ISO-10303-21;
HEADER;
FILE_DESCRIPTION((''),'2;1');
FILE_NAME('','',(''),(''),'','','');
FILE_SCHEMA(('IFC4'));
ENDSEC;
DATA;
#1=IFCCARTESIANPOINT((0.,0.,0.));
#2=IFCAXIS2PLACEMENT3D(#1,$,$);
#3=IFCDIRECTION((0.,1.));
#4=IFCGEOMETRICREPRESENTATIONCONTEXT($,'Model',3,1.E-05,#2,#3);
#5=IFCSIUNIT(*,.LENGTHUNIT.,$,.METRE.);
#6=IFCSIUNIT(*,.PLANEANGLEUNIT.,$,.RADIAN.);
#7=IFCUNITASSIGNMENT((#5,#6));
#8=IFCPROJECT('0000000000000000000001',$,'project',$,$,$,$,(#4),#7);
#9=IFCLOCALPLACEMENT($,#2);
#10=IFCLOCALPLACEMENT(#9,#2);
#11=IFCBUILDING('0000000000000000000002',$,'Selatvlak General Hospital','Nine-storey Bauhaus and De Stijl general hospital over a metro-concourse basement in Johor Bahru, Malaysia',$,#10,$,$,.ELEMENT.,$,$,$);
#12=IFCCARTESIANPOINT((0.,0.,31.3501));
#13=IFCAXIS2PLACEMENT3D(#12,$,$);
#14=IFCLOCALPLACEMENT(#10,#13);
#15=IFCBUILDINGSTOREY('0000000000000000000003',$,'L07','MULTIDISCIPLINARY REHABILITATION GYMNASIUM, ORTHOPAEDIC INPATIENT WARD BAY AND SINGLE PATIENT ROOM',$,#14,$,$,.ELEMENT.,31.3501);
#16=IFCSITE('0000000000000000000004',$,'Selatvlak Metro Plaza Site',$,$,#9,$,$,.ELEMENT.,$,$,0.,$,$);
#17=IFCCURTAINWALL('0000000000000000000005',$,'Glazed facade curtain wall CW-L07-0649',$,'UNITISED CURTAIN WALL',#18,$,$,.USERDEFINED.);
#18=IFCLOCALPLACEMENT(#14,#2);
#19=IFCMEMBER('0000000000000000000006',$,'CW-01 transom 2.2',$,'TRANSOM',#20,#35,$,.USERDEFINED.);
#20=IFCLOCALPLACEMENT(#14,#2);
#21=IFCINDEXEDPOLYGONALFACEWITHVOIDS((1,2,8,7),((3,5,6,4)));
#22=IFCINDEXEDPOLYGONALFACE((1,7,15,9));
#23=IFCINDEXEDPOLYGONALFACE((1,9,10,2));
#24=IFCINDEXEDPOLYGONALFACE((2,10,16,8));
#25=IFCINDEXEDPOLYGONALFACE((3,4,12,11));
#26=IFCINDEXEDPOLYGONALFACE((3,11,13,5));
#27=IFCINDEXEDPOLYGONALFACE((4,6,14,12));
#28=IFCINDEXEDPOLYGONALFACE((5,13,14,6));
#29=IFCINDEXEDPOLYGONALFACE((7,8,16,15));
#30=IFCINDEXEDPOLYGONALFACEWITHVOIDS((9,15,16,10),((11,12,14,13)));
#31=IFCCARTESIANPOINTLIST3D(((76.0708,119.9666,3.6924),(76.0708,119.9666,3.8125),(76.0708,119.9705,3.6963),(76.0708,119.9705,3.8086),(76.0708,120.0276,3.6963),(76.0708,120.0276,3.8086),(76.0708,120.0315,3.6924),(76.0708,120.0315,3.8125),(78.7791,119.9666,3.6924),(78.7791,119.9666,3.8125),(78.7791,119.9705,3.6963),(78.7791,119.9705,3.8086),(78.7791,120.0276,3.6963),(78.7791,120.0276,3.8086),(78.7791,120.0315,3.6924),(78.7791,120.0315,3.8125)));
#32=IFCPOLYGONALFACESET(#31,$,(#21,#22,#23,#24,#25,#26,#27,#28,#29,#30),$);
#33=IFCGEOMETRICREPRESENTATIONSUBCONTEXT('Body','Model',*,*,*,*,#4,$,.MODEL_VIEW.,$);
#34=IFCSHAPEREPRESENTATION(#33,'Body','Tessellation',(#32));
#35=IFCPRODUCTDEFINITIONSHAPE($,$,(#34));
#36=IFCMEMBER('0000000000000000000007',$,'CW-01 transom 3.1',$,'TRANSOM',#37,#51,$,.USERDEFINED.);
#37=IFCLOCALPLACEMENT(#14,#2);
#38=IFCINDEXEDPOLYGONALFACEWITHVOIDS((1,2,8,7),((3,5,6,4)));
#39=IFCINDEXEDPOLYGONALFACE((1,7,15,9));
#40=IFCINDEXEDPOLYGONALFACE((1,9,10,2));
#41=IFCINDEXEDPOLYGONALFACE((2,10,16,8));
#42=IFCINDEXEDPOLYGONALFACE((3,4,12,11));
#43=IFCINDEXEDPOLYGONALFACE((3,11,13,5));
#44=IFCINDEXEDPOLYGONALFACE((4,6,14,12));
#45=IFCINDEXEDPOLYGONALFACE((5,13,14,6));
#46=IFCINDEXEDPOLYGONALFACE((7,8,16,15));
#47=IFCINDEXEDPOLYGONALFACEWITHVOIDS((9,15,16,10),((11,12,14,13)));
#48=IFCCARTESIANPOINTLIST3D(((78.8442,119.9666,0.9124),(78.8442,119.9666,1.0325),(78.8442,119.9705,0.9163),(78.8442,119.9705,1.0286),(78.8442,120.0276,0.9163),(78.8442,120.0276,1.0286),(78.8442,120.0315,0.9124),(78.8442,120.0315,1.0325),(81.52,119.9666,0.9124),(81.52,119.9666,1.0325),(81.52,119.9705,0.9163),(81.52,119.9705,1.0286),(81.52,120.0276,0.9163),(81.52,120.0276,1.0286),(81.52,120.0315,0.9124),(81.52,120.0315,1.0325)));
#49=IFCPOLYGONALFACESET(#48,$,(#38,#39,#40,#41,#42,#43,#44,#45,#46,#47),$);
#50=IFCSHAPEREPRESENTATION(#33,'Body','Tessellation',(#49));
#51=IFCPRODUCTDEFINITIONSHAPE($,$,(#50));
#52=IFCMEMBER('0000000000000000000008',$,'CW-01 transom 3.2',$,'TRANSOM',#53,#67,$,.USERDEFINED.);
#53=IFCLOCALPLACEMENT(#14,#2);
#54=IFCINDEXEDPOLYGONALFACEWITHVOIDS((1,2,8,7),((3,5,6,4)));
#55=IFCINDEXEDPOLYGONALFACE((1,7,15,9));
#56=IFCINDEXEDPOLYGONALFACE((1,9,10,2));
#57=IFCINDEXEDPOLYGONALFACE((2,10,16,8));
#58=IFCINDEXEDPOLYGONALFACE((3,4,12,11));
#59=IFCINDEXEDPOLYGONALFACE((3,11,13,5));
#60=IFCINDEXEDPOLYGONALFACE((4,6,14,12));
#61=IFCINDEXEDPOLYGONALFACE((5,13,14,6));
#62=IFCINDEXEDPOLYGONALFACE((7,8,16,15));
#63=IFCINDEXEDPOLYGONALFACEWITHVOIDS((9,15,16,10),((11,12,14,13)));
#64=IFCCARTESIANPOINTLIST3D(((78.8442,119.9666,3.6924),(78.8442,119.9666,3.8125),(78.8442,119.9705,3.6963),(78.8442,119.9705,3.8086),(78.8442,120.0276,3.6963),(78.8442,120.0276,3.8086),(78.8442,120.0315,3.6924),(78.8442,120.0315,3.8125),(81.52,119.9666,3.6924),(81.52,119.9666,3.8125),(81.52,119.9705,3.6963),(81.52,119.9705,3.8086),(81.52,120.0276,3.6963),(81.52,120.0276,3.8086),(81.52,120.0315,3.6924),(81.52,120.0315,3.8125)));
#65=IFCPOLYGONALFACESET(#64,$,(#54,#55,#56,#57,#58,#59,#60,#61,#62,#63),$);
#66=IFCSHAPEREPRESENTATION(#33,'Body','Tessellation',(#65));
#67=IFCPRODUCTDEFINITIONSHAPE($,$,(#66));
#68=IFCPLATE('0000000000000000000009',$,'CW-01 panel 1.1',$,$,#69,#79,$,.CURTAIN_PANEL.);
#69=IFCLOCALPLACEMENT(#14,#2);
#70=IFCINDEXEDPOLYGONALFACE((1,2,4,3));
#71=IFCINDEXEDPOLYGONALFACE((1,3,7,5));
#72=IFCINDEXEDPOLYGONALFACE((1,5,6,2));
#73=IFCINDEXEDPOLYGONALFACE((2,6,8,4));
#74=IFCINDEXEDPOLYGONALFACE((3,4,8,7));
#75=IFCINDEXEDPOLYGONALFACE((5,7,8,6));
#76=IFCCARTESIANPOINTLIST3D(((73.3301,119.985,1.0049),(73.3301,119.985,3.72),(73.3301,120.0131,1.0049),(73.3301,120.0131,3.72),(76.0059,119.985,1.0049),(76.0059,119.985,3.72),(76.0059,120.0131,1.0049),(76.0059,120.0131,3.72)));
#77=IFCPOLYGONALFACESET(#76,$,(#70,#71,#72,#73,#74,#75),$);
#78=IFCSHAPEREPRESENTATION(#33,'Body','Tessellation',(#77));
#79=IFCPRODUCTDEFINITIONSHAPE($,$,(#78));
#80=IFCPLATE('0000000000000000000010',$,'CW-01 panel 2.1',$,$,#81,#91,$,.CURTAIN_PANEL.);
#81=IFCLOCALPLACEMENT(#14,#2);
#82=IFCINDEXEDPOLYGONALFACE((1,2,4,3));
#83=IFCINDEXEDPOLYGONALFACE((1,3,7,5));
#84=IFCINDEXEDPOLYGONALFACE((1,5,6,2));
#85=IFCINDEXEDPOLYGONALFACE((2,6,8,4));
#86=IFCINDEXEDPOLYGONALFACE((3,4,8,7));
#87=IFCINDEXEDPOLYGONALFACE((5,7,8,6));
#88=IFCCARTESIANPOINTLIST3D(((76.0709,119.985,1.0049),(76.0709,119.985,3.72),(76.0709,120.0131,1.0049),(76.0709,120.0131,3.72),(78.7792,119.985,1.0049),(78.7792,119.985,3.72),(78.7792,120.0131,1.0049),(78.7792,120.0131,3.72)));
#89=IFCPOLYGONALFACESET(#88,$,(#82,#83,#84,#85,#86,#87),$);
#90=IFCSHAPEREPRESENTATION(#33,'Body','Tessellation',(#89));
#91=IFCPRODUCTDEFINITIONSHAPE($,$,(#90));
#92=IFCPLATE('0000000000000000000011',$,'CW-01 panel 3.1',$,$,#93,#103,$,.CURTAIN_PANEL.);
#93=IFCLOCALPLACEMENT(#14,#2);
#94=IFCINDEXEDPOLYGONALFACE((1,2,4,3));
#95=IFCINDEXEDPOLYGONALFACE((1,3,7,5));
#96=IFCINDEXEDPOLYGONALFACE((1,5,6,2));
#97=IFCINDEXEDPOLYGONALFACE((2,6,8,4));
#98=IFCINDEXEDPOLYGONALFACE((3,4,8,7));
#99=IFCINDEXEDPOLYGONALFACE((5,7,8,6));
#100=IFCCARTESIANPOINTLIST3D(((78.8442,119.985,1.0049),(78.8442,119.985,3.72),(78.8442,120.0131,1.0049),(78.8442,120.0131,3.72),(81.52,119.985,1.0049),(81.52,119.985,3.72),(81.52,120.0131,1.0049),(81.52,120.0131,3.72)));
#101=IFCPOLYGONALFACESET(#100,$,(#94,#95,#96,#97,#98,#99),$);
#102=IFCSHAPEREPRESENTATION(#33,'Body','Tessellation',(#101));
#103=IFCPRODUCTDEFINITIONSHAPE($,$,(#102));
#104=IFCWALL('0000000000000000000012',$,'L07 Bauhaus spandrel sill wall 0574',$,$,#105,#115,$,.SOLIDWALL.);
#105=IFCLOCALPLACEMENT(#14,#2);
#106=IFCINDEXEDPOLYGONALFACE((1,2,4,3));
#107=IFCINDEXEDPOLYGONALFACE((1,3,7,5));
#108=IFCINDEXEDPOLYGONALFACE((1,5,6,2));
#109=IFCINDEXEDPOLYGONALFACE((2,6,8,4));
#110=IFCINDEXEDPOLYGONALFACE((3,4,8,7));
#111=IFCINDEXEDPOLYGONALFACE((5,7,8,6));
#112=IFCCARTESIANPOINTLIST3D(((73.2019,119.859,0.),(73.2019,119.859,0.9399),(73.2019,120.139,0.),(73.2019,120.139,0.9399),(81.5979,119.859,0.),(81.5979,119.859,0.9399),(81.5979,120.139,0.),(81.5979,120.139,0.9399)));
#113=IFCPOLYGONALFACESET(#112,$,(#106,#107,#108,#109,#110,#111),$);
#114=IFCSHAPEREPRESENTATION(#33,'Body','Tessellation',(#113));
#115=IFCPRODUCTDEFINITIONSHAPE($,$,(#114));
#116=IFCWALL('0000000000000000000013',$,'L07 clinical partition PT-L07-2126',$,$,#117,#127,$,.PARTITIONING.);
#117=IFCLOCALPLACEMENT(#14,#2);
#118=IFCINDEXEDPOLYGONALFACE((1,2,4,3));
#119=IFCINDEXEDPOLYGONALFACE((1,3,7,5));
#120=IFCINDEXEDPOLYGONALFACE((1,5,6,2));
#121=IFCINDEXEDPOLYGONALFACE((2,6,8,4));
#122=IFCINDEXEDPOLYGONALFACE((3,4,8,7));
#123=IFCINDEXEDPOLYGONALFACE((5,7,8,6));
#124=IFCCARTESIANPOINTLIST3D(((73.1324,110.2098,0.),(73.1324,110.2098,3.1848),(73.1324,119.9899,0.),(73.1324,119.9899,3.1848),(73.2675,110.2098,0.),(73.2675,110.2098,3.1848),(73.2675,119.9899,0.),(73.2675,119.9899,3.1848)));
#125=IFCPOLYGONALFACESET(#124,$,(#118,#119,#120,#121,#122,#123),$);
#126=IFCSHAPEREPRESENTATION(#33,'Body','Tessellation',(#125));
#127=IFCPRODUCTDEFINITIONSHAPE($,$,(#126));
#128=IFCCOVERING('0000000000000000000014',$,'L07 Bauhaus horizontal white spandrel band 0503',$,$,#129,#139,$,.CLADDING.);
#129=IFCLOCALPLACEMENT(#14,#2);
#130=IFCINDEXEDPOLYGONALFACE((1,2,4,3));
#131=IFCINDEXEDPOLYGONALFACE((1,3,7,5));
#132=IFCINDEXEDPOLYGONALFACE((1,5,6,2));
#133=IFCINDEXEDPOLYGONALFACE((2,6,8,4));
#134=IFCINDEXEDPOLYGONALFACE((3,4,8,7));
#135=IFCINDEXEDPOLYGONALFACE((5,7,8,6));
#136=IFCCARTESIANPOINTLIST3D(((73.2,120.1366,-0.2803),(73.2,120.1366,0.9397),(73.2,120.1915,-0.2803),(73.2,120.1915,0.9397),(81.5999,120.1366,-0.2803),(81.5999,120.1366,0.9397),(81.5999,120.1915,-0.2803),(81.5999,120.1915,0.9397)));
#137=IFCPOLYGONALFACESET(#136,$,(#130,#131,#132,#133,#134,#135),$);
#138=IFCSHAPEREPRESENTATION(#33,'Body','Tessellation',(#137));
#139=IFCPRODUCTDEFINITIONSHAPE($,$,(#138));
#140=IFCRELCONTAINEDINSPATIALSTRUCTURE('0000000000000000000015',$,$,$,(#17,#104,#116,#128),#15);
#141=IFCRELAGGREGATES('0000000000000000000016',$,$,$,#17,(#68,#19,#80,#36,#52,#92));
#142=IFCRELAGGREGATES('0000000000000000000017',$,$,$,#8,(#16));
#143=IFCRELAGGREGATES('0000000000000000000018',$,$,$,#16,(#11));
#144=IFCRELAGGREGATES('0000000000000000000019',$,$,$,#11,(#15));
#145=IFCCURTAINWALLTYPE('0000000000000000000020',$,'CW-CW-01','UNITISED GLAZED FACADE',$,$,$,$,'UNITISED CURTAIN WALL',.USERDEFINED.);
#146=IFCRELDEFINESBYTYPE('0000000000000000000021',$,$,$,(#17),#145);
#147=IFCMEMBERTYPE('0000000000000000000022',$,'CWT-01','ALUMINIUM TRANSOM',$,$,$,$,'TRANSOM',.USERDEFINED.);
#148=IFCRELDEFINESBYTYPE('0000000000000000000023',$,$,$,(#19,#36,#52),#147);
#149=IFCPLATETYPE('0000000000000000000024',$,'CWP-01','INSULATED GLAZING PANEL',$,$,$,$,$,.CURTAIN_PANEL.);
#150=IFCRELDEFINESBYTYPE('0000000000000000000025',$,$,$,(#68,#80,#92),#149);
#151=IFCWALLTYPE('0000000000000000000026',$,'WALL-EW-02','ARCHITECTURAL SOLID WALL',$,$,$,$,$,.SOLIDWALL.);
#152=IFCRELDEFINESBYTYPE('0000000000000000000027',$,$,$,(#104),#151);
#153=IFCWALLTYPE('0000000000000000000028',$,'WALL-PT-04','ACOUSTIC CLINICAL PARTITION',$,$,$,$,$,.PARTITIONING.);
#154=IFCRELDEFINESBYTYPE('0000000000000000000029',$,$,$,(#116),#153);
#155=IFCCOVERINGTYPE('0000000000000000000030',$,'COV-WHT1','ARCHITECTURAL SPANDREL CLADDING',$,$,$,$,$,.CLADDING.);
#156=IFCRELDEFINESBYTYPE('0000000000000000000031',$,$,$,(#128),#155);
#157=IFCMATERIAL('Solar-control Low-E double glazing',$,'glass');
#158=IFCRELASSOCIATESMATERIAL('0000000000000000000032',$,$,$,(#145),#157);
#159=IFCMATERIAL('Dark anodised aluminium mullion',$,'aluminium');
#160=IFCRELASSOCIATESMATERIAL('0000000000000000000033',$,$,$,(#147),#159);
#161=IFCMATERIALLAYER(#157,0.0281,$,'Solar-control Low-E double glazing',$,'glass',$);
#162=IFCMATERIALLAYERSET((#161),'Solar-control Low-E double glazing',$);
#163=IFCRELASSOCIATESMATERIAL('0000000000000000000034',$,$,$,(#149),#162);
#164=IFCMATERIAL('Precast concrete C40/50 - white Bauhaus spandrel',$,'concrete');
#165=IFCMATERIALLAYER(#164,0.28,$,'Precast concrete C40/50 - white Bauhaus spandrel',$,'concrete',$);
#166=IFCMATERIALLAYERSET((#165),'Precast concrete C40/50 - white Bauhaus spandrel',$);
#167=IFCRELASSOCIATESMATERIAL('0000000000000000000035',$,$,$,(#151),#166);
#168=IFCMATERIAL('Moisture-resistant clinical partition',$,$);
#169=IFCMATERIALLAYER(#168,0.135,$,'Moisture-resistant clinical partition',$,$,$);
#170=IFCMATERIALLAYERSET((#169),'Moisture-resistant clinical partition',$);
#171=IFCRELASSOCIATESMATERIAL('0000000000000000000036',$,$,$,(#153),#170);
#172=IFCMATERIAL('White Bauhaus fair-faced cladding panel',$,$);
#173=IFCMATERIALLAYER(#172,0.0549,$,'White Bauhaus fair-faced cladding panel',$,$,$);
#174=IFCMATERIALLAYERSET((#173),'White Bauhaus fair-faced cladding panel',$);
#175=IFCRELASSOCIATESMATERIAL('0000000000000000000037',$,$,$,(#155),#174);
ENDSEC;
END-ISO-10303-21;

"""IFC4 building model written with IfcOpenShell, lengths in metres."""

from ifc_helpers import new_model, si_unit, direction, frame, frame_2d, origin, origin_2d, place, context, subcontext, project, spatial, rectangle, hollow_rectangle, extrude, material, layer, layer_set, material_profile, profile_set, type_object, element, aggregate, save


model = new_model("IFC4")

# Units and contexts
model_context = context("Model", 3, precision=1e-05, world=origin(), true_north=direction((0.0, 1.0)))
body_context = subcontext(model_context, "Body", "Model", "MODEL_VIEW")
ifc_project = project(units=[si_unit("LENGTHUNIT", "METRE"), si_unit("PLANEANGLEUNIT", "RADIAN")], contexts=[model_context])

# Site, building, storey
site_placement = place(None, origin())
site = spatial("IfcSite", under=ifc_project, at=site_placement, Name="Selatvlak Metro Plaza Site", CompositionType="ELEMENT", RefElevation=0.0)
building_placement = place(site_placement, origin())
building = spatial("IfcBuilding", under=site, at=building_placement, Name="Selatvlak General Hospital", Description="Nine-storey Bauhaus and De Stijl general hospital over a metro-concourse basement in Johor Bahru, Malaysia", CompositionType="ELEMENT")
storey_placement = place(building_placement, frame((0.0, 0.0, 31.3501)))
storey = spatial("IfcBuildingStorey", under=building, at=storey_placement, Name="L07", Description="MULTIDISCIPLINARY REHABILITATION GYMNASIUM, ORTHOPAEDIC INPATIENT WARD BAY AND SINGLE PATIENT ROOM", CompositionType="ELEMENT", Elevation=31.3501)

# Curtain wall, members, plates
ifc_material_1 = material(Name="Solar-control Low-E double glazing", Category="glass")
curtain_wall_type = type_object("IfcCurtainWallType", Name="CW-CW-01", Description="UNITISED GLAZED FACADE", ElementType="UNITISED CURTAIN WALL", PredefinedType="USERDEFINED", material=ifc_material_1)
curtain_wall_placement = place(storey_placement, origin())
curtain_wall = element("IfcCurtainWall", 1, at=curtain_wall_placement, inside=storey, type_object=curtain_wall_type, Name="Glazed facade curtain wall CW-L07-0649", ObjectType="UNITISED CURTAIN WALL", PredefinedType="USERDEFINED")
ifc_material_2 = material(Name="Dark anodised aluminium mullion", Category="aluminium")
ifc_material_profile_1 = material_profile(ifc_material_2, hollow_rectangle(XDim=0.0649, YDim=0.1201, WallThickness=0.0039, at=origin_2d()), Name="AL-TRN 65x120x4")
ifc_profile_set_1 = profile_set([ifc_material_profile_1], Name="Dark anodised aluminium mullion")
member_type_1 = type_object("IfcMemberType", Name="CWT-01", Description="ALUMINIUM TRANSOM", ElementType="TRANSOM", PredefinedType="USERDEFINED", material=ifc_profile_set_1)
member_1_placement = place(storey_placement, frame((76.0708, 119.999, 3.7524), z_axis=(1.0, 0.0, 0.0), x_axis=(0.0, 1.0, 0.0)))
member_1 = element("IfcMember", 2, at=member_1_placement, type_object=member_type_1, Name="CW-01 transom 2.2", ObjectType="TRANSOM", PredefinedType="USERDEFINED", context=body_context, shape_type="SweptSolid", body=[
    extrude(hollow_rectangle(XDim=0.0649, YDim=0.1201, WallThickness=0.0039, at=origin_2d()), origin(), (0.0, 0.0, 1.0), 2.7083),
])
member_2_placement = place(storey_placement, frame((78.8442, 119.999, 0.9724), z_axis=(1.0, 0.0, 0.0), x_axis=(0.0, 1.0, 0.0)))
member_2 = element("IfcMember", 3, at=member_2_placement, type_object=member_type_1, Name="CW-01 transom 3.1", ObjectType="TRANSOM", PredefinedType="USERDEFINED", context=body_context, shape_type="SweptSolid", body=[
    extrude(hollow_rectangle(XDim=0.0649, YDim=0.1201, WallThickness=0.0039, at=origin_2d()), origin(), (0.0, 0.0, 1.0), 2.6758),
])
member_3_placement = place(storey_placement, frame((78.8442, 119.999, 3.7524), z_axis=(1.0, 0.0, 0.0), x_axis=(0.0, 1.0, 0.0)))
member_3 = element("IfcMember", 4, at=member_3_placement, type_object=member_type_1, Name="CW-01 transom 3.2", ObjectType="TRANSOM", PredefinedType="USERDEFINED", context=body_context, shape_type="SweptSolid", body=[
    extrude(hollow_rectangle(XDim=0.0649, YDim=0.1201, WallThickness=0.0039, at=origin_2d()), origin(), (0.0, 0.0, 1.0), 2.6758),
])
ifc_layer_1 = layer(ifc_material_1, 0.0281, Name="Solar-control Low-E double glazing", Category="glass")
ifc_layer_set_1 = layer_set([ifc_layer_1], Name="Solar-control Low-E double glazing")
plate_type = type_object("IfcPlateType", Name="CWP-01", Description="INSULATED GLAZING PANEL", PredefinedType="CURTAIN_PANEL", material=ifc_layer_set_1)
plate_1_placement = place(storey_placement, frame((74.668, 119.999, 1.0049), z_axis=(0.0, 0.0, 1.0), x_axis=(1.0, 0.0, 0.0)))
plate_1 = element("IfcPlate", 5, at=plate_1_placement, type_object=plate_type, Name="CW-01 panel 1.1", PredefinedType="CURTAIN_PANEL", context=body_context, shape_type="SweptSolid", body=[
    extrude(rectangle(XDim=2.6758, YDim=0.0281, at=origin_2d()), origin(), (0.0, 0.0, 1.0), 2.7151),
])
plate_2_placement = place(storey_placement, frame((77.425, 119.999, 1.0049), z_axis=(0.0, 0.0, 1.0), x_axis=(1.0, 0.0, 0.0)))
plate_2 = element("IfcPlate", 6, at=plate_2_placement, type_object=plate_type, Name="CW-01 panel 2.1", PredefinedType="CURTAIN_PANEL", context=body_context, shape_type="SweptSolid", body=[
    extrude(rectangle(XDim=2.7083, YDim=0.0281, at=origin_2d()), origin(), (0.0, 0.0, 1.0), 2.7151),
])
plate_3_placement = place(storey_placement, frame((80.1821, 119.999, 1.0049), z_axis=(0.0, 0.0, 1.0), x_axis=(1.0, 0.0, 0.0)))
plate_3 = element("IfcPlate", 7, at=plate_3_placement, type_object=plate_type, Name="CW-01 panel 3.1", PredefinedType="CURTAIN_PANEL", context=body_context, shape_type="SweptSolid", body=[
    extrude(rectangle(XDim=2.6758, YDim=0.0281, at=origin_2d()), origin(), (0.0, 0.0, 1.0), 2.7151),
])
aggregate(curtain_wall, [plate_1, member_1, plate_2, member_2, member_3, plate_3])

# Walls
ifc_material_3 = material(Name="Precast concrete C40/50 - white Bauhaus spandrel", Category="concrete")
ifc_layer_2 = layer(ifc_material_3, 0.28, Name="Precast concrete C40/50 - white Bauhaus spandrel", Category="concrete")
ifc_layer_set_2 = layer_set([ifc_layer_2], Name="Precast concrete C40/50 - white Bauhaus spandrel")
wall_type_1 = type_object("IfcWallType", Name="WALL-EW-02", Description="ARCHITECTURAL SOLID WALL", PredefinedType="SOLIDWALL", material=ifc_layer_set_2)
wall_1_placement = place(storey_placement, frame((73.2019, 119.999, 0.0), z_axis=(0.0, 0.0, 1.0), x_axis=(1.0, 0.0, 0.0)))
element("IfcWall", 8, at=wall_1_placement, inside=storey, type_object=wall_type_1, Name="L07 Bauhaus spandrel sill wall 0574", PredefinedType="SOLIDWALL", context=body_context, shape_type="SweptSolid", body=[
    extrude(rectangle(XDim=8.396, YDim=0.28, at=frame_2d((4.198, 0.0))), origin(), (0.0, 0.0, 1.0), 0.9399),
])
ifc_material_4 = material(Name="Moisture-resistant clinical partition")
ifc_layer_3 = layer(ifc_material_4, 0.135, Name="Moisture-resistant clinical partition")
ifc_layer_set_3 = layer_set([ifc_layer_3], Name="Moisture-resistant clinical partition")
wall_type_2 = type_object("IfcWallType", Name="WALL-PT-04", Description="ACOUSTIC CLINICAL PARTITION", PredefinedType="PARTITIONING", material=ifc_layer_set_3)
wall_2_placement = place(storey_placement, frame((73.2, 119.99, 0.0), z_axis=(0.0, 0.0, 1.0), x_axis=(0.0, -1.0, 0.0)))
element("IfcWall", 9, at=wall_2_placement, inside=storey, type_object=wall_type_2, Name="L07 clinical partition PT-L07-2126", PredefinedType="PARTITIONING", context=body_context, shape_type="SweptSolid", body=[
    extrude(rectangle(XDim=9.78, YDim=0.135, at=frame_2d((4.8901, 0.0))), origin(), (0.0, 0.0, 1.0), 3.1848),
])

# Covering
ifc_material_5 = material(Name="White Bauhaus fair-faced cladding panel")
ifc_layer_4 = layer(ifc_material_5, 0.0549, Name="White Bauhaus fair-faced cladding panel")
ifc_layer_set_4 = layer_set([ifc_layer_4], Name="White Bauhaus fair-faced cladding panel")
covering_type = type_object("IfcCoveringType", Name="COV-WHT1", Description="ARCHITECTURAL SPANDREL CLADDING", PredefinedType="CLADDING", material=ifc_layer_set_4)
covering_placement = place(storey_placement, frame((77.3999, 120.1641, -0.2803), z_axis=(0.0, 0.0, 1.0), x_axis=(1.0, 0.0, 0.0)))
element("IfcCovering", 10, at=covering_placement, inside=storey, type_object=covering_type, Name="L07 Bauhaus horizontal white spandrel band 0503", PredefinedType="CLADDING", context=body_context, shape_type="SweptSolid", body=[
    extrude(rectangle(XDim=8.3999, YDim=0.0549, at=origin_2d()), origin(), (0.0, 0.0, 1.0), 1.22),
])

save(model, "model.ifc")
